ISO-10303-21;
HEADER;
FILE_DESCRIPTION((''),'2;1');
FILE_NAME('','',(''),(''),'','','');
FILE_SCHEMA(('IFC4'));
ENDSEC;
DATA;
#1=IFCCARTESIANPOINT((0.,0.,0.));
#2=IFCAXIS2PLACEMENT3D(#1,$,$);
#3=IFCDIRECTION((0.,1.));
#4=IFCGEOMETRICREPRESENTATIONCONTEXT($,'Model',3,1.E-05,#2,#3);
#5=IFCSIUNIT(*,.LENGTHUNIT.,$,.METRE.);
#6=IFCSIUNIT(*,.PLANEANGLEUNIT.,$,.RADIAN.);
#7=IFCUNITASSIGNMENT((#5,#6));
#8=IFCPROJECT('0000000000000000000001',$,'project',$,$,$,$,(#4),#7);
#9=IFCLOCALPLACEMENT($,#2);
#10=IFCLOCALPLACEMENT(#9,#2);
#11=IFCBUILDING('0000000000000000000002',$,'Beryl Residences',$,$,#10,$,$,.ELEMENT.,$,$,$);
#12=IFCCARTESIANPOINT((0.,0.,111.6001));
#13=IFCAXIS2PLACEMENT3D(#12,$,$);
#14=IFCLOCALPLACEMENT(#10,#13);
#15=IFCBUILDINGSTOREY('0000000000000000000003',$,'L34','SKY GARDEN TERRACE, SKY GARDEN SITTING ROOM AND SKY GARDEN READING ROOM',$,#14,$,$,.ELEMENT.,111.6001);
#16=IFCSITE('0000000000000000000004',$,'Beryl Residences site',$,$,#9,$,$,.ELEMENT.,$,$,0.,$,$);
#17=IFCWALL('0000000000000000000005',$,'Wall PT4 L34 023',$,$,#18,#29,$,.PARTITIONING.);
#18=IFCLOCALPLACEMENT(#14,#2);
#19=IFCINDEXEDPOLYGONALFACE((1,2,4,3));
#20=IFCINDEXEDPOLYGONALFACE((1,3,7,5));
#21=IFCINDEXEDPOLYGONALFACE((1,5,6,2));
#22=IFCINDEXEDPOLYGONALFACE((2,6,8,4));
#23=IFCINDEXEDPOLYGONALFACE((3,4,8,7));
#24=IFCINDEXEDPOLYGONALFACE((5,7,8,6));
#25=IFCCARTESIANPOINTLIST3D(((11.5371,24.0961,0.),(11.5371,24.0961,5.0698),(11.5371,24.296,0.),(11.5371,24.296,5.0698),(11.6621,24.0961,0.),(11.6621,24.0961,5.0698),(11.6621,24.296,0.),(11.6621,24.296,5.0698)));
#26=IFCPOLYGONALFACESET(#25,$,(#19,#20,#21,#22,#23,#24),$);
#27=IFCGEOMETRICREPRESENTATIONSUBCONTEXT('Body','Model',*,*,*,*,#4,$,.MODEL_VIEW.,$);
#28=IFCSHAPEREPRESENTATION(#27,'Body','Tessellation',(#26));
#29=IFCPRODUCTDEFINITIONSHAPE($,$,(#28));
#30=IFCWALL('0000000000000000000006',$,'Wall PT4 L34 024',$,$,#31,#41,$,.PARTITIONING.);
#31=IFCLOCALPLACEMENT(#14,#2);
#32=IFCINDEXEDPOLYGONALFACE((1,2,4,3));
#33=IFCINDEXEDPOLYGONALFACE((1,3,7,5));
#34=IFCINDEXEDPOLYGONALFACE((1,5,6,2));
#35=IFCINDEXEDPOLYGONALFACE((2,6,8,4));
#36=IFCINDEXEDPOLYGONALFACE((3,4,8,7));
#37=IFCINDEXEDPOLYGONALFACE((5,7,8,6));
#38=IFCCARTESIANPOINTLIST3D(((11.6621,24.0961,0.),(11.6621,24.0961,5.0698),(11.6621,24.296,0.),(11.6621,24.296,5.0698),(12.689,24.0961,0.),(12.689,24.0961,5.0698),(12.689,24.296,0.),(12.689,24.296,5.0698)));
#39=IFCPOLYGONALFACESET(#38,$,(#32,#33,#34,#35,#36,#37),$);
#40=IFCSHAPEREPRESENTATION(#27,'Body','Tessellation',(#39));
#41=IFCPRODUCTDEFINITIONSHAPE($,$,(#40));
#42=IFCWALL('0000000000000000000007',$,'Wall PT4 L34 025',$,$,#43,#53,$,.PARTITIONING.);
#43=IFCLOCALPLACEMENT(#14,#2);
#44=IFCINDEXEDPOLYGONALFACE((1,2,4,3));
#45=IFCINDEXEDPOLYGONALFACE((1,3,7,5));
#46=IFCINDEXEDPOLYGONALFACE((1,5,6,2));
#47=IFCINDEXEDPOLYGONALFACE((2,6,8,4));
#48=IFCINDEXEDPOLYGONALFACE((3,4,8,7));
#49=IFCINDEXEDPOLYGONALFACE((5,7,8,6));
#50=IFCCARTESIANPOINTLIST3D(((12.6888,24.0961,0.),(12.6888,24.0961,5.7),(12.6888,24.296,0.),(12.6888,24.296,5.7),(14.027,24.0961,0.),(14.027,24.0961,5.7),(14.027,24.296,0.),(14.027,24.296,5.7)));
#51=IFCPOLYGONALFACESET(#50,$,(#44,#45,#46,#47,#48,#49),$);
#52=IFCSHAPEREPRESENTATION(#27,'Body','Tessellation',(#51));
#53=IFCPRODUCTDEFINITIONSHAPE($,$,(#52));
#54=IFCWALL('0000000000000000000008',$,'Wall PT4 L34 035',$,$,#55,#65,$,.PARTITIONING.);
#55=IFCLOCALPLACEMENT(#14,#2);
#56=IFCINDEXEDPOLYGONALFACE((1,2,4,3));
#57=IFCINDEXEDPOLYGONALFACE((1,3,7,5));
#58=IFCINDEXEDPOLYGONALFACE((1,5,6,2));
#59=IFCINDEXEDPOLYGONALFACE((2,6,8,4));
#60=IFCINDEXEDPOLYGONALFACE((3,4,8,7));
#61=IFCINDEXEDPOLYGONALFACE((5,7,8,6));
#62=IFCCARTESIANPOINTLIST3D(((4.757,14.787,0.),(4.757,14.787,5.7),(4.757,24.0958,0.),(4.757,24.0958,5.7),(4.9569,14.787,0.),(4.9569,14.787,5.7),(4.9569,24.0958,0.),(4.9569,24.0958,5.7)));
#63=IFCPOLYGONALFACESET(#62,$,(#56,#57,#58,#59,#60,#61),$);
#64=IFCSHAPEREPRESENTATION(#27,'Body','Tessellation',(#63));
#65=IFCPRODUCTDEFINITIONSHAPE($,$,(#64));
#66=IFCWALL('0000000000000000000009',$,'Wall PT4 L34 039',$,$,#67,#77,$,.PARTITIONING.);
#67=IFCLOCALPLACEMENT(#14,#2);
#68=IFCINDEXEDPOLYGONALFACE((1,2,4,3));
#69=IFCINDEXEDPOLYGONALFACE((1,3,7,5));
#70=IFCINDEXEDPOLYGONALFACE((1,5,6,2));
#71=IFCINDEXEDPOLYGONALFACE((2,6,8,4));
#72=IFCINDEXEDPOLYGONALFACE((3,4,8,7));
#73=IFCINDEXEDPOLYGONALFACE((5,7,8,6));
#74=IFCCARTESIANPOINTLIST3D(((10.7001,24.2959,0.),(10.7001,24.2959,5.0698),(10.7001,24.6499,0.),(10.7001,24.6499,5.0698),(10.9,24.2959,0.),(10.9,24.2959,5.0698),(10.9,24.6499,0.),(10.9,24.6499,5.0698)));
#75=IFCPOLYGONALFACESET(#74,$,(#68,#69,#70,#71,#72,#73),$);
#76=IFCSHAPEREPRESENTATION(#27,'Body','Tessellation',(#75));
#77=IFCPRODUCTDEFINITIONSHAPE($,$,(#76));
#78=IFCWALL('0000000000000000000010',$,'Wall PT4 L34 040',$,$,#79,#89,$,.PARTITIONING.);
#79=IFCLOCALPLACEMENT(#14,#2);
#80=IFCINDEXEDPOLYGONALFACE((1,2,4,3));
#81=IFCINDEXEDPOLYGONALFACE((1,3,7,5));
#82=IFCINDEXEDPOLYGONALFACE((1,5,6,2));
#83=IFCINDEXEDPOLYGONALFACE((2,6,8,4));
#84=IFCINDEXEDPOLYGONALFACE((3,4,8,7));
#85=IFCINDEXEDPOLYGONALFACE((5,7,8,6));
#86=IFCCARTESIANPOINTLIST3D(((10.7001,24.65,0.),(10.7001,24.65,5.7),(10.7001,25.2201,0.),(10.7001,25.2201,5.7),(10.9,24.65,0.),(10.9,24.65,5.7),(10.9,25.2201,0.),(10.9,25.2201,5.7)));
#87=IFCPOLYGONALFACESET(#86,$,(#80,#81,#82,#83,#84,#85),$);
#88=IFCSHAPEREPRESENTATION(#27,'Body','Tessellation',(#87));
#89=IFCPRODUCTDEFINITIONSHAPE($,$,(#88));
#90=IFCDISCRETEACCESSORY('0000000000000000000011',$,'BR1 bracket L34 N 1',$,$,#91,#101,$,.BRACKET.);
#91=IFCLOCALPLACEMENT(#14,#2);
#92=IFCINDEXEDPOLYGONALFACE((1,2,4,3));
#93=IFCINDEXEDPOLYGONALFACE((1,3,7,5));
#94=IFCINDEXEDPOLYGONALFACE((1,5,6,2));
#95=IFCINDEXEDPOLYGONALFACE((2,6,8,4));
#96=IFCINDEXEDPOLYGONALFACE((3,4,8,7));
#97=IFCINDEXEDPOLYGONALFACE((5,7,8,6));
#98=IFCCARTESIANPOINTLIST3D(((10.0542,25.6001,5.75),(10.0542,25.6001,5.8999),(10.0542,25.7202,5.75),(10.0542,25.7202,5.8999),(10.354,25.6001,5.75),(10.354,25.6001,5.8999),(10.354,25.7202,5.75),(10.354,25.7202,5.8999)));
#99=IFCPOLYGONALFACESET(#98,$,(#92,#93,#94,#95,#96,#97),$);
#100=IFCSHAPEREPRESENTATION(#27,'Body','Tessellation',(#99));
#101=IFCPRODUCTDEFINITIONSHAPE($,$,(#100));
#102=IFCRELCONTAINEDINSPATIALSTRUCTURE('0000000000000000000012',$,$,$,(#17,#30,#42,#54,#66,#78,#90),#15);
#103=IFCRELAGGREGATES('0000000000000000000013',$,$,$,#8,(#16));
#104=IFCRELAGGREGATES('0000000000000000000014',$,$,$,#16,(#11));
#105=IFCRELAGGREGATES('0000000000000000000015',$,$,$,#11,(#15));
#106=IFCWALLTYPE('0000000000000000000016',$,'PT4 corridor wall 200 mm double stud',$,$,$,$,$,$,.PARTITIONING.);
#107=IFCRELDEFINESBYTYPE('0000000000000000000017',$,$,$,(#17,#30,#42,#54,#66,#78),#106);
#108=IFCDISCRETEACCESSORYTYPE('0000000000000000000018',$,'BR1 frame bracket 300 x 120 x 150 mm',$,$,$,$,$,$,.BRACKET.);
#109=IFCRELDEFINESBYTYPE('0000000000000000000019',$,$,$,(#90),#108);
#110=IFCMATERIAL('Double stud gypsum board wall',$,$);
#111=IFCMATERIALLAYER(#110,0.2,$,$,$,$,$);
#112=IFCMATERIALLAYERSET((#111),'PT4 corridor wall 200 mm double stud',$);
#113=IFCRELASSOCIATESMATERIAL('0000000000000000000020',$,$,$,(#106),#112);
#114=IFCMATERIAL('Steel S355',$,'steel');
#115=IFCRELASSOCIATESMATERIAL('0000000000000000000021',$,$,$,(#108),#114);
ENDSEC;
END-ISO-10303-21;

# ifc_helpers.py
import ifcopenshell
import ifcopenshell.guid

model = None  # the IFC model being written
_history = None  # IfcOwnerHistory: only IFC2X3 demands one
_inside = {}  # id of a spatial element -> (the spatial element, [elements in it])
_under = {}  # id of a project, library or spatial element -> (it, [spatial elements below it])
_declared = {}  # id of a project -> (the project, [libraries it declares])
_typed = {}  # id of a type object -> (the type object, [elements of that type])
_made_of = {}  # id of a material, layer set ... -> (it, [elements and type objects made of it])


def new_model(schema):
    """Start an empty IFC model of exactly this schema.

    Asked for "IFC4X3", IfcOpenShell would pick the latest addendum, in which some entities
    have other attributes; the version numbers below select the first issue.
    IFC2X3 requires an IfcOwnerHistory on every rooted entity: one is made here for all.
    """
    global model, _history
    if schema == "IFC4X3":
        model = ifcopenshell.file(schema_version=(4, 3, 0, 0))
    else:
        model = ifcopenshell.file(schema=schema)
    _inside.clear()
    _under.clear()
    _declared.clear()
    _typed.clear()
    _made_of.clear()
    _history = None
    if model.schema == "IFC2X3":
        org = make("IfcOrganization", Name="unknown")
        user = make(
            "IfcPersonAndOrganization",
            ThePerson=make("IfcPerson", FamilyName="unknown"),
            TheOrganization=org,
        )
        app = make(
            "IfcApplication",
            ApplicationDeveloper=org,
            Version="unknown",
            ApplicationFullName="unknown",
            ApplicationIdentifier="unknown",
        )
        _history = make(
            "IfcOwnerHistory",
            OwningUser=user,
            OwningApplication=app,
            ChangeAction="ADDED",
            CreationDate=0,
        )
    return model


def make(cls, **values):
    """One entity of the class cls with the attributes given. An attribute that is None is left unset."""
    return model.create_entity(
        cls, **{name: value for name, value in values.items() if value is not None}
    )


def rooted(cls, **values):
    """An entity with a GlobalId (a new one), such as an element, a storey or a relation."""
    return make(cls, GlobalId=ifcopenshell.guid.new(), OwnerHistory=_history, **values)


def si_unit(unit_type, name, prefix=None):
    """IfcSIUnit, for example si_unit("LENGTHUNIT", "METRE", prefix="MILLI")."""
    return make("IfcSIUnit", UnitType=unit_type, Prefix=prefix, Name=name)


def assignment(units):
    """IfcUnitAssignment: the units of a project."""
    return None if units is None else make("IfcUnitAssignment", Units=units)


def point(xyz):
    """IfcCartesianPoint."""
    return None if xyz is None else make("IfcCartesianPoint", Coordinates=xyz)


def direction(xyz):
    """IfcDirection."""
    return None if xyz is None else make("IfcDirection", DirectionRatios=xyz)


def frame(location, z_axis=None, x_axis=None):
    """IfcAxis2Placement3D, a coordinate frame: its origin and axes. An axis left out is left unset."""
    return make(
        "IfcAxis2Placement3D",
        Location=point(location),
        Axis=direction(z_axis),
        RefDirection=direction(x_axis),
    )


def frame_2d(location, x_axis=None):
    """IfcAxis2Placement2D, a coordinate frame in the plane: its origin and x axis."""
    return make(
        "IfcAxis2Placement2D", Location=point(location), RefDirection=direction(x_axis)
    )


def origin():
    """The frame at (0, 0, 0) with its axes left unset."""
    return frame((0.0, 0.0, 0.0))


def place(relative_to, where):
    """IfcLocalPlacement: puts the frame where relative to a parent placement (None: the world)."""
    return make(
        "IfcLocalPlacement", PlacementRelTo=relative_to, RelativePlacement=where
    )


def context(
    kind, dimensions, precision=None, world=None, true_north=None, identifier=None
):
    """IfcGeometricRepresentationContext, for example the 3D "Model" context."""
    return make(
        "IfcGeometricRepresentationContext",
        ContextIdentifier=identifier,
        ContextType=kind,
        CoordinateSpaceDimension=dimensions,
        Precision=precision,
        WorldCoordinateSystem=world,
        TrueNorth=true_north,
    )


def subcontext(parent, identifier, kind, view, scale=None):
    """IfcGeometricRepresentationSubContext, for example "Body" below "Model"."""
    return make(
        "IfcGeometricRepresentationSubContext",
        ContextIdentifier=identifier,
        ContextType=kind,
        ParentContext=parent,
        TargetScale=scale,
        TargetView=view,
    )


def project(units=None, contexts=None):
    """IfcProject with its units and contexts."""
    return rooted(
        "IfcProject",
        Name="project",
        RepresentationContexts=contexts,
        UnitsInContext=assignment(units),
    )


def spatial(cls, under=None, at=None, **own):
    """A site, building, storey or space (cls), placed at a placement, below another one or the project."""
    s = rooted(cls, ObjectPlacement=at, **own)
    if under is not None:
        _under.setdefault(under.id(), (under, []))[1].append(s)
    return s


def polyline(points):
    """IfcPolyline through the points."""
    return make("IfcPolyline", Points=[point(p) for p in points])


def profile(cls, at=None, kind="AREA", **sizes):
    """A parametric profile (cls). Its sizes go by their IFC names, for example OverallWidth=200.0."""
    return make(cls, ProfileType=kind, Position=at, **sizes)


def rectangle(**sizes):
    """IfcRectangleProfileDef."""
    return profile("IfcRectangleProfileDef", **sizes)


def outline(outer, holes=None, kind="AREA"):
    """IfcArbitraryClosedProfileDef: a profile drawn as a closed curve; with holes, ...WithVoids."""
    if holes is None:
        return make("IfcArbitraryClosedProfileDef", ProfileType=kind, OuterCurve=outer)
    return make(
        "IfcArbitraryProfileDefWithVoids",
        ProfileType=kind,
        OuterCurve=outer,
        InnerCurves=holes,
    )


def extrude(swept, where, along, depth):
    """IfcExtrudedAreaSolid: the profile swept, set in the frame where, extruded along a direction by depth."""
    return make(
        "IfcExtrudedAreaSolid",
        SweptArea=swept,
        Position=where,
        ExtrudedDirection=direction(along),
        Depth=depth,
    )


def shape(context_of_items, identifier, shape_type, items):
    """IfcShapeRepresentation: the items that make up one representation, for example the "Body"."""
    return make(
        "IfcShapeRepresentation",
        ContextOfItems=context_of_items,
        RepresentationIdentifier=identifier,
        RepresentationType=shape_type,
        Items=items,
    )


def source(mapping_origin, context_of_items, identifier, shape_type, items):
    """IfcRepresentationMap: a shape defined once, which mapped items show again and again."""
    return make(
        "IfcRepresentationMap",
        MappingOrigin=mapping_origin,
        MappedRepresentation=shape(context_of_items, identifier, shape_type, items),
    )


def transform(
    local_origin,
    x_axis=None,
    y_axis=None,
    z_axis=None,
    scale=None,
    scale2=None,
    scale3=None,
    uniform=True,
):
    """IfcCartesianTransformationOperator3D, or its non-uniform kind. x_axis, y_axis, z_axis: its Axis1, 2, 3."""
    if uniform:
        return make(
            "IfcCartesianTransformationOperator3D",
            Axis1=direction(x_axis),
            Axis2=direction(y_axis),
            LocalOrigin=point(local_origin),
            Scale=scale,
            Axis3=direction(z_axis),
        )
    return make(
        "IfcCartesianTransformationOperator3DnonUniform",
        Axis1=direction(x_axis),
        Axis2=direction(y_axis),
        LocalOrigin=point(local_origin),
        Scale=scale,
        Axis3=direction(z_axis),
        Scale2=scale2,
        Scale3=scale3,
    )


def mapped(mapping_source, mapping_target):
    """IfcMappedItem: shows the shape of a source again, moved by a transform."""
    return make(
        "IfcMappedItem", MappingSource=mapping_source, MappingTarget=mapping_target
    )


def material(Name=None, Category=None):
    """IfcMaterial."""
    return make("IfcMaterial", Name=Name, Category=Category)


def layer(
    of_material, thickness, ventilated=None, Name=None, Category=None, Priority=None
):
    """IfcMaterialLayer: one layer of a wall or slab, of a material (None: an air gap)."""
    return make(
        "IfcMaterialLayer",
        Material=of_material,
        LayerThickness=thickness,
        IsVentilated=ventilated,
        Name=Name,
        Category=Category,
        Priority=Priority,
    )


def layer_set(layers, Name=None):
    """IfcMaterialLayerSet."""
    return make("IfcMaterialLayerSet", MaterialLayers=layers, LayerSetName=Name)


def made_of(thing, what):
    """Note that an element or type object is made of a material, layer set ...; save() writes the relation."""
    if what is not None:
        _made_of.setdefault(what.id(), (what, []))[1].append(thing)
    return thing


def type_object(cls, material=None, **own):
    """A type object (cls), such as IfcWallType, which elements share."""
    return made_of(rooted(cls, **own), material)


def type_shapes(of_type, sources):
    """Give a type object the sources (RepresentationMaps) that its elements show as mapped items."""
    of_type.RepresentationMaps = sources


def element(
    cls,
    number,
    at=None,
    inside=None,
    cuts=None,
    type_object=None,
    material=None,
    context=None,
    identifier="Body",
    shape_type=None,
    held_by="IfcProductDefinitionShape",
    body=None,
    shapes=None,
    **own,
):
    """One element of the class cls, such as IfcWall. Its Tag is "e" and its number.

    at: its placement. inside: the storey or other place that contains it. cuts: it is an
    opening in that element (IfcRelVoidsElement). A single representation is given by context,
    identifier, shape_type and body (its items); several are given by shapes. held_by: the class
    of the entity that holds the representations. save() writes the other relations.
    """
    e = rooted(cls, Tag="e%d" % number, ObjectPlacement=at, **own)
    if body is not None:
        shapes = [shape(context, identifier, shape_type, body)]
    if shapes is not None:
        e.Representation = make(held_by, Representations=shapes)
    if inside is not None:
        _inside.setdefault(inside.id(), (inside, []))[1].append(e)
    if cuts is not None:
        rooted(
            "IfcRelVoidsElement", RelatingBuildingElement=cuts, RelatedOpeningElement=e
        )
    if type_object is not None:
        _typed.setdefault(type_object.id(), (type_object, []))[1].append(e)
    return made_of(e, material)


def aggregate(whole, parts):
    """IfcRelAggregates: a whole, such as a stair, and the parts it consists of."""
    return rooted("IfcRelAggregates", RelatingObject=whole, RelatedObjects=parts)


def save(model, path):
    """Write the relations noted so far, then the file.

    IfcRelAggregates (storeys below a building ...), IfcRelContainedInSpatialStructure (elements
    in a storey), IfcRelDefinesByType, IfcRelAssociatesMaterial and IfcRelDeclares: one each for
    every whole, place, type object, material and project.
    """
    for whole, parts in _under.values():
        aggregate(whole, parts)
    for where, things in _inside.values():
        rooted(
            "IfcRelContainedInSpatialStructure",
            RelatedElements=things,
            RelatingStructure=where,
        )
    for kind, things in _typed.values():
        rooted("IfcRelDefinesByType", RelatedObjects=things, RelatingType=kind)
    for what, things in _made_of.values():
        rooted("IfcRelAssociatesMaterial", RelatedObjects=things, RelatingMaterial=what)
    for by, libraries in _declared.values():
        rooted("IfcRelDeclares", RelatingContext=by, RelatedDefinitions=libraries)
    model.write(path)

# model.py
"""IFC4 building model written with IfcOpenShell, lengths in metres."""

from ifc_helpers import new_model, si_unit, direction, frame, frame_2d, origin, place, context, subcontext, project, spatial, polyline, rectangle, outline, extrude, source, transform, mapped, material, layer, layer_set, type_object, type_shapes, element, save


model = new_model("IFC4")

# Units and contexts
model_context = context("Model", 3, precision=1e-05, world=origin(), true_north=direction((0.0, 1.0)))
body_context = subcontext(model_context, "Body", "Model", "MODEL_VIEW")
ifc_project = project(units=[si_unit("LENGTHUNIT", "METRE"), si_unit("PLANEANGLEUNIT", "RADIAN")], contexts=[model_context])

# Site, building, storey
site_placement = place(None, origin())
site = spatial("IfcSite", under=ifc_project, at=site_placement, Name="Beryl Residences site", CompositionType="ELEMENT", RefElevation=0.0)
building_placement = place(site_placement, origin())
building = spatial("IfcBuilding", under=site, at=building_placement, Name="Beryl Residences", CompositionType="ELEMENT")
storey_placement = place(building_placement, frame((0.0, 0.0, 111.6001)))
storey = spatial("IfcBuildingStorey", under=building, at=storey_placement, Name="L34", Description="SKY GARDEN TERRACE, SKY GARDEN SITTING ROOM AND SKY GARDEN READING ROOM", CompositionType="ELEMENT", Elevation=111.6001)

# Walls
ifc_material_1 = material(Name="Double stud gypsum board wall")
ifc_layer_1 = layer(ifc_material_1, 0.2)
ifc_layer_set_1 = layer_set([ifc_layer_1], Name="PT4 corridor wall 200 mm double stud")
wall_type_1 = type_object("IfcWallType", Name="PT4 corridor wall 200 mm double stud", PredefinedType="PARTITIONING", material=ifc_layer_set_1)
wall_1_placement = place(storey_placement, frame((11.5371, 24.196, 0.0), z_axis=(0.0, 0.0, 1.0), x_axis=(1.0, 0.0, 0.0)))
element("IfcWall", 1, at=wall_1_placement, inside=storey, type_object=wall_type_1, Name="Wall PT4 L34 023", PredefinedType="PARTITIONING", context=body_context, shape_type="SweptSolid", body=[
    extrude(rectangle(XDim=0.125, YDim=0.2, at=frame_2d((0.0625, 0.0))), origin(), (0.0, 0.0, 1.0), 5.0698),
])
wall_2_placement = place(storey_placement, frame((11.6621, 24.196, 0.0), z_axis=(0.0, 0.0, 1.0), x_axis=(1.0, 0.0, 0.0)))
element("IfcWall", 2, at=wall_2_placement, inside=storey, type_object=wall_type_1, Name="Wall PT4 L34 024", PredefinedType="PARTITIONING", context=body_context, shape_type="SweptSolid", body=[
    extrude(rectangle(XDim=1.0269, YDim=0.2, at=frame_2d((0.5134, 0.0))), origin(), (0.0, 0.0, 1.0), 5.0698),
])
wall_3_placement = place(storey_placement, frame((12.689, 24.196, 0.0), z_axis=(0.0, 0.0, 1.0), x_axis=(1.0, 0.0, 0.0)))
element("IfcWall", 3, at=wall_3_placement, inside=storey, type_object=wall_type_1, Name="Wall PT4 L34 025", PredefinedType="PARTITIONING", context=body_context, shape_type="SweptSolid", body=[
    extrude(rectangle(XDim=1.3381, YDim=0.2, at=frame_2d((0.6689, 0.0))), origin(), (0.0, 0.0, 1.0), 5.7),
])
wall_4_placement = place(storey_placement, frame((4.8569, 14.7871, 0.0), z_axis=(0.0, 0.0, 1.0), x_axis=(0.0, 1.0, 0.0)))
element("IfcWall", 4, at=wall_4_placement, inside=storey, type_object=wall_type_1, Name="Wall PT4 L34 035", PredefinedType="PARTITIONING", context=body_context, shape_type="SweptSolid", body=[
    extrude(rectangle(XDim=9.3088, YDim=0.2, at=frame_2d((4.6543, 0.0))), origin(), (0.0, 0.0, 1.0), 5.7),
])
wall_5_placement = place(storey_placement, frame((10.8, 24.2959, 0.0), z_axis=(0.0, 0.0, 1.0), x_axis=(0.0, 1.0, 0.0)))
element("IfcWall", 5, at=wall_5_placement, inside=storey, type_object=wall_type_1, Name="Wall PT4 L34 039", PredefinedType="PARTITIONING", context=body_context, shape_type="SweptSolid", body=[
    extrude(rectangle(XDim=0.354, YDim=0.2, at=frame_2d((0.177, 0.0))), origin(), (0.0, 0.0, 1.0), 5.0698),
])
wall_6_placement = place(storey_placement, frame((10.8, 24.6499, 0.0), z_axis=(0.0, 0.0, 1.0), x_axis=(0.0, 1.0, 0.0)))
element("IfcWall", 6, at=wall_6_placement, inside=storey, type_object=wall_type_1, Name="Wall PT4 L34 040", PredefinedType="PARTITIONING", context=body_context, shape_type="SweptSolid", body=[
    extrude(rectangle(XDim=0.5701, YDim=0.2, at=frame_2d((0.2852, 0.0))), origin(), (0.0, 0.0, 1.0), 5.7),
])

# Discrete accessory
ifc_material_2 = material(Name="Steel S355", Category="steel")
discrete_accessory_type = type_object("IfcDiscreteAccessoryType", Name="BR1 frame bracket 300 x 120 x 150 mm", PredefinedType="BRACKET", material=ifc_material_2)
shared_shape_1 = source(origin(), body_context, "Body", "SweptSolid", [
    extrude(outline(polyline([(-0.1499, 0.0), (0.1499, 0.0), (0.1499, 0.1201), (-0.1499, 0.1201), (-0.1499, 0.0)])), origin(), (0.0, 0.0, 1.0), 0.1499),
])
type_shapes(discrete_accessory_type, [shared_shape_1])
discrete_accessory_placement = place(storey_placement, frame((10.2041, 25.6001, 5.75), z_axis=(0.0, 0.0, 1.0), x_axis=(1.0, 0.0, 0.0)))
element("IfcDiscreteAccessory", 7, at=discrete_accessory_placement, inside=storey, type_object=discrete_accessory_type, Name="BR1 bracket L34 N 1", PredefinedType="BRACKET", context=body_context, shape_type="MappedRepresentation", body=[
    mapped(shared_shape_1, transform((0.0, 0.0, 0.0))),
])

save(model, "model.ifc")
